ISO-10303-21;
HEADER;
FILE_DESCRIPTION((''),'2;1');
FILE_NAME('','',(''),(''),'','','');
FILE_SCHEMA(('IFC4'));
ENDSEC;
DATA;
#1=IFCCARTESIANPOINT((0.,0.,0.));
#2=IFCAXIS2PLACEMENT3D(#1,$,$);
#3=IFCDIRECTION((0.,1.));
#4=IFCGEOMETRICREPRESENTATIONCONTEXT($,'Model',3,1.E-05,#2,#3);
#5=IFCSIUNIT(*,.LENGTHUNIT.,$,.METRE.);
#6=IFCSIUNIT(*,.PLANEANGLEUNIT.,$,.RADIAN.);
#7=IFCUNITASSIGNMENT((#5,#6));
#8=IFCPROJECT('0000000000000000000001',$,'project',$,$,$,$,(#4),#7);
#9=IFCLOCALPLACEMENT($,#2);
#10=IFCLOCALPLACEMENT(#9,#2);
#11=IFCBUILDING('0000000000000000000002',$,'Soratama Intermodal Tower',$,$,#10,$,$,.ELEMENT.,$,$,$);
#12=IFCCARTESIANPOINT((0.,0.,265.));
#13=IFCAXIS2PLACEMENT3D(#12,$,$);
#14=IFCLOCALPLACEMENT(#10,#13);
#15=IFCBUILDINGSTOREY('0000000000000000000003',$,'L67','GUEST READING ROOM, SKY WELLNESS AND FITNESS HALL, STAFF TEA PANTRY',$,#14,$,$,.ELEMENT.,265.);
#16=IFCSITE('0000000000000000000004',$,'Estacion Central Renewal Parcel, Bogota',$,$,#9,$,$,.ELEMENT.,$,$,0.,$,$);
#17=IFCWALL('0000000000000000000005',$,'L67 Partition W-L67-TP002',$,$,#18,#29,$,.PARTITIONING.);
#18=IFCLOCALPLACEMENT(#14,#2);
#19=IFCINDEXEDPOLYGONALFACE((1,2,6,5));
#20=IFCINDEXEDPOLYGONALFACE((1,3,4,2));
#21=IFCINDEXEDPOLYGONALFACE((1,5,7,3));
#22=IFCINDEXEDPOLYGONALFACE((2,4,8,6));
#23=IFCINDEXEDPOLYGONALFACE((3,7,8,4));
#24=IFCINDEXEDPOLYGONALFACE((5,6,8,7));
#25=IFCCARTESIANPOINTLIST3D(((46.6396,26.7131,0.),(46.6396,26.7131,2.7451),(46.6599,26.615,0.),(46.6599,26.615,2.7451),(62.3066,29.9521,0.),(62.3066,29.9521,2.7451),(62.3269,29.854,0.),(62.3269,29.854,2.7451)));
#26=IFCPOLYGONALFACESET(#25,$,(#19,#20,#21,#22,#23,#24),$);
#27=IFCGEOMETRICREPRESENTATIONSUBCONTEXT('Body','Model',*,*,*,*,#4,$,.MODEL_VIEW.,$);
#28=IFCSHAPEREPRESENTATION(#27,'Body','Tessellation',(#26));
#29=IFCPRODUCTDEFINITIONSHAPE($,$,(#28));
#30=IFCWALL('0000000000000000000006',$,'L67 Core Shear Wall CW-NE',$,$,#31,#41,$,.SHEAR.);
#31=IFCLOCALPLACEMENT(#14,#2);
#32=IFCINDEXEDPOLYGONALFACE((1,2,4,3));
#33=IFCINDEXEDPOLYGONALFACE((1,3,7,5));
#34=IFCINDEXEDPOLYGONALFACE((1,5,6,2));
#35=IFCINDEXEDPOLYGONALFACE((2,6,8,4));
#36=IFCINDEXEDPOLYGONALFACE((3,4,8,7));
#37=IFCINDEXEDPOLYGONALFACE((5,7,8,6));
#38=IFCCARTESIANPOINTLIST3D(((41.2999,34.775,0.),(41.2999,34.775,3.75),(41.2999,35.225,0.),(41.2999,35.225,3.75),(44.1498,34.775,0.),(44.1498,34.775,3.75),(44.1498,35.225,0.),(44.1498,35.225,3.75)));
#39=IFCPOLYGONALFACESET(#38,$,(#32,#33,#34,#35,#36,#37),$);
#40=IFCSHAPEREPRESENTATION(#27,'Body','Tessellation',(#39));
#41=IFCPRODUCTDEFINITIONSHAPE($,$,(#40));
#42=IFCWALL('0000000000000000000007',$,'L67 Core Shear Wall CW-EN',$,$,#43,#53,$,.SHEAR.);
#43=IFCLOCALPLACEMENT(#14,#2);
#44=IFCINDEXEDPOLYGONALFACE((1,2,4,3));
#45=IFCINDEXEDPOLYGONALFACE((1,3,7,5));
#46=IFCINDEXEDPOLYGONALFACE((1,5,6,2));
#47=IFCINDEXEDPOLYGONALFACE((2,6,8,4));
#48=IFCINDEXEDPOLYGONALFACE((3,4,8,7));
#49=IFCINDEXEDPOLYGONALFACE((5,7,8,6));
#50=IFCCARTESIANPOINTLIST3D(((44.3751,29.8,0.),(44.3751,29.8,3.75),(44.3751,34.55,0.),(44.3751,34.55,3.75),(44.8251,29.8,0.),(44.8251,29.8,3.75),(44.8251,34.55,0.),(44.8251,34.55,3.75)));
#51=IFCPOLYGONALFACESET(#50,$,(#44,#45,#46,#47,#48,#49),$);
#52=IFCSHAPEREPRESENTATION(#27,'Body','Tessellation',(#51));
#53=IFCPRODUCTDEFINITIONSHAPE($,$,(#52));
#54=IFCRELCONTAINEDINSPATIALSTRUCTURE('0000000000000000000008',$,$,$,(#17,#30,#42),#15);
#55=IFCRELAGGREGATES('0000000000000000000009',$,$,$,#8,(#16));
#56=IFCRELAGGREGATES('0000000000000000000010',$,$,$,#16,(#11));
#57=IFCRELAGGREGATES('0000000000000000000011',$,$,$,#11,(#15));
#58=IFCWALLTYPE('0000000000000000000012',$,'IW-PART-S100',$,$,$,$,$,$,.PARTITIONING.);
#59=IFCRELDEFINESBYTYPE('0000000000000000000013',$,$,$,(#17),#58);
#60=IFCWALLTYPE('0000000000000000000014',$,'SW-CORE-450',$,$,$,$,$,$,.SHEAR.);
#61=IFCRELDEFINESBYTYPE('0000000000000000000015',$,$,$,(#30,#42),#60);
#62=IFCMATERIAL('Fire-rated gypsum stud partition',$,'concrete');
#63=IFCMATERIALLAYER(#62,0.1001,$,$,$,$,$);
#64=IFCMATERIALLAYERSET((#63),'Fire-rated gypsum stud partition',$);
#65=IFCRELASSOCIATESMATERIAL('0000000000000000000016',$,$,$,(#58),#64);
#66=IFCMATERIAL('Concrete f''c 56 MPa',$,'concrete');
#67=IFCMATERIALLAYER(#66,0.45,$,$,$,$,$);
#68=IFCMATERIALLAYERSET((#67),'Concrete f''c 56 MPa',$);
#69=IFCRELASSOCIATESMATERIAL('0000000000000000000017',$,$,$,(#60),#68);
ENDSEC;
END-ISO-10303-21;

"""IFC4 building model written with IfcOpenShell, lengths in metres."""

from ifc_helpers import new_model, si_unit, direction, frame, frame_2d, origin, place, context, subcontext, project, spatial, rectangle, extrude, material, layer, layer_set, type_object, element, save


model = new_model("IFC4")

# Units and contexts
model_context = context("Model", 3, precision=1e-05, world=origin(), true_north=direction((0.0, 1.0)))
body_context = subcontext(model_context, "Body", "Model", "MODEL_VIEW")
ifc_project = project(units=[si_unit("LENGTHUNIT", "METRE"), si_unit("PLANEANGLEUNIT", "RADIAN")], contexts=[model_context])

# Site, building, storey
site_placement = place(None, origin())
site = spatial("IfcSite", under=ifc_project, at=site_placement, Name="Estacion Central Renewal Parcel, Bogota", CompositionType="ELEMENT", RefElevation=0.0)
building_placement = place(site_placement, origin())
building = spatial("IfcBuilding", under=site, at=building_placement, Name="Soratama Intermodal Tower", CompositionType="ELEMENT")
storey_placement = place(building_placement, frame((0.0, 0.0, 265.0)))
storey = spatial("IfcBuildingStorey", under=building, at=storey_placement, Name="L67", Description="GUEST READING ROOM, SKY WELLNESS AND FITNESS HALL, STAFF TEA PANTRY", CompositionType="ELEMENT", Elevation=265.0)

# Walls
ifc_material_1 = material(Name="Fire-rated gypsum stud partition", Category="concrete")
ifc_layer_1 = layer(ifc_material_1, 0.1001)
ifc_layer_set_1 = layer_set([ifc_layer_1], Name="Fire-rated gypsum stud partition")
wall_type_1 = type_object("IfcWallType", Name="IW-PART-S100", PredefinedType="PARTITIONING", material=ifc_layer_set_1)
wall_1_placement = place(storey_placement, frame((46.6499, 26.6641, 0.0), z_axis=(0.0, 0.0, 1.0), x_axis=(0.979291, 0.20246, 0.0)))
element("IfcWall", 1, at=wall_1_placement, inside=storey, type_object=wall_type_1, Name="L67 Partition W-L67-TP002", PredefinedType="PARTITIONING", context=body_context, shape_type="SweptSolid", body=[
    extrude(rectangle(XDim=15.9983, YDim=0.1001, at=frame_2d((7.999, 0.0))), origin(), (0.0, 0.0, 1.0), 2.7451),
])
ifc_material_2 = material(Name="Concrete f'c 56 MPa", Category="concrete")
ifc_layer_2 = layer(ifc_material_2, 0.45)
ifc_layer_set_2 = layer_set([ifc_layer_2], Name="Concrete f'c 56 MPa")
wall_type_2 = type_object("IfcWallType", Name="SW-CORE-450", PredefinedType="SHEAR", material=ifc_layer_set_2)
wall_2_placement = place(storey_placement, frame((41.3, 35.0, 0.0), z_axis=(0.0, 0.0, 1.0), x_axis=(1.0, 0.0, 0.0)))
element("IfcWall", 2, at=wall_2_placement, inside=storey, type_object=wall_type_2, Name="L67 Core Shear Wall CW-NE", PredefinedType="SHEAR", context=body_context, shape_type="SweptSolid", body=[
    extrude(rectangle(XDim=2.8499, YDim=0.45, at=frame_2d((1.4248, 0.0))), origin(), (0.0, 0.0, 1.0), 3.75),
])
wall_3_placement = place(storey_placement, frame((44.6001, 29.8, 0.0), z_axis=(0.0, 0.0, 1.0), x_axis=(0.0, 1.0, 0.0)))
element("IfcWall", 3, at=wall_3_placement, inside=storey, type_object=wall_type_2, Name="L67 Core Shear Wall CW-EN", PredefinedType="SHEAR", context=body_context, shape_type="SweptSolid", body=[
    extrude(rectangle(XDim=4.75, YDim=0.45, at=frame_2d((2.375, 0.0))), origin(), (0.0, 0.0, 1.0), 3.75),
])

save(model, "model.ifc")
